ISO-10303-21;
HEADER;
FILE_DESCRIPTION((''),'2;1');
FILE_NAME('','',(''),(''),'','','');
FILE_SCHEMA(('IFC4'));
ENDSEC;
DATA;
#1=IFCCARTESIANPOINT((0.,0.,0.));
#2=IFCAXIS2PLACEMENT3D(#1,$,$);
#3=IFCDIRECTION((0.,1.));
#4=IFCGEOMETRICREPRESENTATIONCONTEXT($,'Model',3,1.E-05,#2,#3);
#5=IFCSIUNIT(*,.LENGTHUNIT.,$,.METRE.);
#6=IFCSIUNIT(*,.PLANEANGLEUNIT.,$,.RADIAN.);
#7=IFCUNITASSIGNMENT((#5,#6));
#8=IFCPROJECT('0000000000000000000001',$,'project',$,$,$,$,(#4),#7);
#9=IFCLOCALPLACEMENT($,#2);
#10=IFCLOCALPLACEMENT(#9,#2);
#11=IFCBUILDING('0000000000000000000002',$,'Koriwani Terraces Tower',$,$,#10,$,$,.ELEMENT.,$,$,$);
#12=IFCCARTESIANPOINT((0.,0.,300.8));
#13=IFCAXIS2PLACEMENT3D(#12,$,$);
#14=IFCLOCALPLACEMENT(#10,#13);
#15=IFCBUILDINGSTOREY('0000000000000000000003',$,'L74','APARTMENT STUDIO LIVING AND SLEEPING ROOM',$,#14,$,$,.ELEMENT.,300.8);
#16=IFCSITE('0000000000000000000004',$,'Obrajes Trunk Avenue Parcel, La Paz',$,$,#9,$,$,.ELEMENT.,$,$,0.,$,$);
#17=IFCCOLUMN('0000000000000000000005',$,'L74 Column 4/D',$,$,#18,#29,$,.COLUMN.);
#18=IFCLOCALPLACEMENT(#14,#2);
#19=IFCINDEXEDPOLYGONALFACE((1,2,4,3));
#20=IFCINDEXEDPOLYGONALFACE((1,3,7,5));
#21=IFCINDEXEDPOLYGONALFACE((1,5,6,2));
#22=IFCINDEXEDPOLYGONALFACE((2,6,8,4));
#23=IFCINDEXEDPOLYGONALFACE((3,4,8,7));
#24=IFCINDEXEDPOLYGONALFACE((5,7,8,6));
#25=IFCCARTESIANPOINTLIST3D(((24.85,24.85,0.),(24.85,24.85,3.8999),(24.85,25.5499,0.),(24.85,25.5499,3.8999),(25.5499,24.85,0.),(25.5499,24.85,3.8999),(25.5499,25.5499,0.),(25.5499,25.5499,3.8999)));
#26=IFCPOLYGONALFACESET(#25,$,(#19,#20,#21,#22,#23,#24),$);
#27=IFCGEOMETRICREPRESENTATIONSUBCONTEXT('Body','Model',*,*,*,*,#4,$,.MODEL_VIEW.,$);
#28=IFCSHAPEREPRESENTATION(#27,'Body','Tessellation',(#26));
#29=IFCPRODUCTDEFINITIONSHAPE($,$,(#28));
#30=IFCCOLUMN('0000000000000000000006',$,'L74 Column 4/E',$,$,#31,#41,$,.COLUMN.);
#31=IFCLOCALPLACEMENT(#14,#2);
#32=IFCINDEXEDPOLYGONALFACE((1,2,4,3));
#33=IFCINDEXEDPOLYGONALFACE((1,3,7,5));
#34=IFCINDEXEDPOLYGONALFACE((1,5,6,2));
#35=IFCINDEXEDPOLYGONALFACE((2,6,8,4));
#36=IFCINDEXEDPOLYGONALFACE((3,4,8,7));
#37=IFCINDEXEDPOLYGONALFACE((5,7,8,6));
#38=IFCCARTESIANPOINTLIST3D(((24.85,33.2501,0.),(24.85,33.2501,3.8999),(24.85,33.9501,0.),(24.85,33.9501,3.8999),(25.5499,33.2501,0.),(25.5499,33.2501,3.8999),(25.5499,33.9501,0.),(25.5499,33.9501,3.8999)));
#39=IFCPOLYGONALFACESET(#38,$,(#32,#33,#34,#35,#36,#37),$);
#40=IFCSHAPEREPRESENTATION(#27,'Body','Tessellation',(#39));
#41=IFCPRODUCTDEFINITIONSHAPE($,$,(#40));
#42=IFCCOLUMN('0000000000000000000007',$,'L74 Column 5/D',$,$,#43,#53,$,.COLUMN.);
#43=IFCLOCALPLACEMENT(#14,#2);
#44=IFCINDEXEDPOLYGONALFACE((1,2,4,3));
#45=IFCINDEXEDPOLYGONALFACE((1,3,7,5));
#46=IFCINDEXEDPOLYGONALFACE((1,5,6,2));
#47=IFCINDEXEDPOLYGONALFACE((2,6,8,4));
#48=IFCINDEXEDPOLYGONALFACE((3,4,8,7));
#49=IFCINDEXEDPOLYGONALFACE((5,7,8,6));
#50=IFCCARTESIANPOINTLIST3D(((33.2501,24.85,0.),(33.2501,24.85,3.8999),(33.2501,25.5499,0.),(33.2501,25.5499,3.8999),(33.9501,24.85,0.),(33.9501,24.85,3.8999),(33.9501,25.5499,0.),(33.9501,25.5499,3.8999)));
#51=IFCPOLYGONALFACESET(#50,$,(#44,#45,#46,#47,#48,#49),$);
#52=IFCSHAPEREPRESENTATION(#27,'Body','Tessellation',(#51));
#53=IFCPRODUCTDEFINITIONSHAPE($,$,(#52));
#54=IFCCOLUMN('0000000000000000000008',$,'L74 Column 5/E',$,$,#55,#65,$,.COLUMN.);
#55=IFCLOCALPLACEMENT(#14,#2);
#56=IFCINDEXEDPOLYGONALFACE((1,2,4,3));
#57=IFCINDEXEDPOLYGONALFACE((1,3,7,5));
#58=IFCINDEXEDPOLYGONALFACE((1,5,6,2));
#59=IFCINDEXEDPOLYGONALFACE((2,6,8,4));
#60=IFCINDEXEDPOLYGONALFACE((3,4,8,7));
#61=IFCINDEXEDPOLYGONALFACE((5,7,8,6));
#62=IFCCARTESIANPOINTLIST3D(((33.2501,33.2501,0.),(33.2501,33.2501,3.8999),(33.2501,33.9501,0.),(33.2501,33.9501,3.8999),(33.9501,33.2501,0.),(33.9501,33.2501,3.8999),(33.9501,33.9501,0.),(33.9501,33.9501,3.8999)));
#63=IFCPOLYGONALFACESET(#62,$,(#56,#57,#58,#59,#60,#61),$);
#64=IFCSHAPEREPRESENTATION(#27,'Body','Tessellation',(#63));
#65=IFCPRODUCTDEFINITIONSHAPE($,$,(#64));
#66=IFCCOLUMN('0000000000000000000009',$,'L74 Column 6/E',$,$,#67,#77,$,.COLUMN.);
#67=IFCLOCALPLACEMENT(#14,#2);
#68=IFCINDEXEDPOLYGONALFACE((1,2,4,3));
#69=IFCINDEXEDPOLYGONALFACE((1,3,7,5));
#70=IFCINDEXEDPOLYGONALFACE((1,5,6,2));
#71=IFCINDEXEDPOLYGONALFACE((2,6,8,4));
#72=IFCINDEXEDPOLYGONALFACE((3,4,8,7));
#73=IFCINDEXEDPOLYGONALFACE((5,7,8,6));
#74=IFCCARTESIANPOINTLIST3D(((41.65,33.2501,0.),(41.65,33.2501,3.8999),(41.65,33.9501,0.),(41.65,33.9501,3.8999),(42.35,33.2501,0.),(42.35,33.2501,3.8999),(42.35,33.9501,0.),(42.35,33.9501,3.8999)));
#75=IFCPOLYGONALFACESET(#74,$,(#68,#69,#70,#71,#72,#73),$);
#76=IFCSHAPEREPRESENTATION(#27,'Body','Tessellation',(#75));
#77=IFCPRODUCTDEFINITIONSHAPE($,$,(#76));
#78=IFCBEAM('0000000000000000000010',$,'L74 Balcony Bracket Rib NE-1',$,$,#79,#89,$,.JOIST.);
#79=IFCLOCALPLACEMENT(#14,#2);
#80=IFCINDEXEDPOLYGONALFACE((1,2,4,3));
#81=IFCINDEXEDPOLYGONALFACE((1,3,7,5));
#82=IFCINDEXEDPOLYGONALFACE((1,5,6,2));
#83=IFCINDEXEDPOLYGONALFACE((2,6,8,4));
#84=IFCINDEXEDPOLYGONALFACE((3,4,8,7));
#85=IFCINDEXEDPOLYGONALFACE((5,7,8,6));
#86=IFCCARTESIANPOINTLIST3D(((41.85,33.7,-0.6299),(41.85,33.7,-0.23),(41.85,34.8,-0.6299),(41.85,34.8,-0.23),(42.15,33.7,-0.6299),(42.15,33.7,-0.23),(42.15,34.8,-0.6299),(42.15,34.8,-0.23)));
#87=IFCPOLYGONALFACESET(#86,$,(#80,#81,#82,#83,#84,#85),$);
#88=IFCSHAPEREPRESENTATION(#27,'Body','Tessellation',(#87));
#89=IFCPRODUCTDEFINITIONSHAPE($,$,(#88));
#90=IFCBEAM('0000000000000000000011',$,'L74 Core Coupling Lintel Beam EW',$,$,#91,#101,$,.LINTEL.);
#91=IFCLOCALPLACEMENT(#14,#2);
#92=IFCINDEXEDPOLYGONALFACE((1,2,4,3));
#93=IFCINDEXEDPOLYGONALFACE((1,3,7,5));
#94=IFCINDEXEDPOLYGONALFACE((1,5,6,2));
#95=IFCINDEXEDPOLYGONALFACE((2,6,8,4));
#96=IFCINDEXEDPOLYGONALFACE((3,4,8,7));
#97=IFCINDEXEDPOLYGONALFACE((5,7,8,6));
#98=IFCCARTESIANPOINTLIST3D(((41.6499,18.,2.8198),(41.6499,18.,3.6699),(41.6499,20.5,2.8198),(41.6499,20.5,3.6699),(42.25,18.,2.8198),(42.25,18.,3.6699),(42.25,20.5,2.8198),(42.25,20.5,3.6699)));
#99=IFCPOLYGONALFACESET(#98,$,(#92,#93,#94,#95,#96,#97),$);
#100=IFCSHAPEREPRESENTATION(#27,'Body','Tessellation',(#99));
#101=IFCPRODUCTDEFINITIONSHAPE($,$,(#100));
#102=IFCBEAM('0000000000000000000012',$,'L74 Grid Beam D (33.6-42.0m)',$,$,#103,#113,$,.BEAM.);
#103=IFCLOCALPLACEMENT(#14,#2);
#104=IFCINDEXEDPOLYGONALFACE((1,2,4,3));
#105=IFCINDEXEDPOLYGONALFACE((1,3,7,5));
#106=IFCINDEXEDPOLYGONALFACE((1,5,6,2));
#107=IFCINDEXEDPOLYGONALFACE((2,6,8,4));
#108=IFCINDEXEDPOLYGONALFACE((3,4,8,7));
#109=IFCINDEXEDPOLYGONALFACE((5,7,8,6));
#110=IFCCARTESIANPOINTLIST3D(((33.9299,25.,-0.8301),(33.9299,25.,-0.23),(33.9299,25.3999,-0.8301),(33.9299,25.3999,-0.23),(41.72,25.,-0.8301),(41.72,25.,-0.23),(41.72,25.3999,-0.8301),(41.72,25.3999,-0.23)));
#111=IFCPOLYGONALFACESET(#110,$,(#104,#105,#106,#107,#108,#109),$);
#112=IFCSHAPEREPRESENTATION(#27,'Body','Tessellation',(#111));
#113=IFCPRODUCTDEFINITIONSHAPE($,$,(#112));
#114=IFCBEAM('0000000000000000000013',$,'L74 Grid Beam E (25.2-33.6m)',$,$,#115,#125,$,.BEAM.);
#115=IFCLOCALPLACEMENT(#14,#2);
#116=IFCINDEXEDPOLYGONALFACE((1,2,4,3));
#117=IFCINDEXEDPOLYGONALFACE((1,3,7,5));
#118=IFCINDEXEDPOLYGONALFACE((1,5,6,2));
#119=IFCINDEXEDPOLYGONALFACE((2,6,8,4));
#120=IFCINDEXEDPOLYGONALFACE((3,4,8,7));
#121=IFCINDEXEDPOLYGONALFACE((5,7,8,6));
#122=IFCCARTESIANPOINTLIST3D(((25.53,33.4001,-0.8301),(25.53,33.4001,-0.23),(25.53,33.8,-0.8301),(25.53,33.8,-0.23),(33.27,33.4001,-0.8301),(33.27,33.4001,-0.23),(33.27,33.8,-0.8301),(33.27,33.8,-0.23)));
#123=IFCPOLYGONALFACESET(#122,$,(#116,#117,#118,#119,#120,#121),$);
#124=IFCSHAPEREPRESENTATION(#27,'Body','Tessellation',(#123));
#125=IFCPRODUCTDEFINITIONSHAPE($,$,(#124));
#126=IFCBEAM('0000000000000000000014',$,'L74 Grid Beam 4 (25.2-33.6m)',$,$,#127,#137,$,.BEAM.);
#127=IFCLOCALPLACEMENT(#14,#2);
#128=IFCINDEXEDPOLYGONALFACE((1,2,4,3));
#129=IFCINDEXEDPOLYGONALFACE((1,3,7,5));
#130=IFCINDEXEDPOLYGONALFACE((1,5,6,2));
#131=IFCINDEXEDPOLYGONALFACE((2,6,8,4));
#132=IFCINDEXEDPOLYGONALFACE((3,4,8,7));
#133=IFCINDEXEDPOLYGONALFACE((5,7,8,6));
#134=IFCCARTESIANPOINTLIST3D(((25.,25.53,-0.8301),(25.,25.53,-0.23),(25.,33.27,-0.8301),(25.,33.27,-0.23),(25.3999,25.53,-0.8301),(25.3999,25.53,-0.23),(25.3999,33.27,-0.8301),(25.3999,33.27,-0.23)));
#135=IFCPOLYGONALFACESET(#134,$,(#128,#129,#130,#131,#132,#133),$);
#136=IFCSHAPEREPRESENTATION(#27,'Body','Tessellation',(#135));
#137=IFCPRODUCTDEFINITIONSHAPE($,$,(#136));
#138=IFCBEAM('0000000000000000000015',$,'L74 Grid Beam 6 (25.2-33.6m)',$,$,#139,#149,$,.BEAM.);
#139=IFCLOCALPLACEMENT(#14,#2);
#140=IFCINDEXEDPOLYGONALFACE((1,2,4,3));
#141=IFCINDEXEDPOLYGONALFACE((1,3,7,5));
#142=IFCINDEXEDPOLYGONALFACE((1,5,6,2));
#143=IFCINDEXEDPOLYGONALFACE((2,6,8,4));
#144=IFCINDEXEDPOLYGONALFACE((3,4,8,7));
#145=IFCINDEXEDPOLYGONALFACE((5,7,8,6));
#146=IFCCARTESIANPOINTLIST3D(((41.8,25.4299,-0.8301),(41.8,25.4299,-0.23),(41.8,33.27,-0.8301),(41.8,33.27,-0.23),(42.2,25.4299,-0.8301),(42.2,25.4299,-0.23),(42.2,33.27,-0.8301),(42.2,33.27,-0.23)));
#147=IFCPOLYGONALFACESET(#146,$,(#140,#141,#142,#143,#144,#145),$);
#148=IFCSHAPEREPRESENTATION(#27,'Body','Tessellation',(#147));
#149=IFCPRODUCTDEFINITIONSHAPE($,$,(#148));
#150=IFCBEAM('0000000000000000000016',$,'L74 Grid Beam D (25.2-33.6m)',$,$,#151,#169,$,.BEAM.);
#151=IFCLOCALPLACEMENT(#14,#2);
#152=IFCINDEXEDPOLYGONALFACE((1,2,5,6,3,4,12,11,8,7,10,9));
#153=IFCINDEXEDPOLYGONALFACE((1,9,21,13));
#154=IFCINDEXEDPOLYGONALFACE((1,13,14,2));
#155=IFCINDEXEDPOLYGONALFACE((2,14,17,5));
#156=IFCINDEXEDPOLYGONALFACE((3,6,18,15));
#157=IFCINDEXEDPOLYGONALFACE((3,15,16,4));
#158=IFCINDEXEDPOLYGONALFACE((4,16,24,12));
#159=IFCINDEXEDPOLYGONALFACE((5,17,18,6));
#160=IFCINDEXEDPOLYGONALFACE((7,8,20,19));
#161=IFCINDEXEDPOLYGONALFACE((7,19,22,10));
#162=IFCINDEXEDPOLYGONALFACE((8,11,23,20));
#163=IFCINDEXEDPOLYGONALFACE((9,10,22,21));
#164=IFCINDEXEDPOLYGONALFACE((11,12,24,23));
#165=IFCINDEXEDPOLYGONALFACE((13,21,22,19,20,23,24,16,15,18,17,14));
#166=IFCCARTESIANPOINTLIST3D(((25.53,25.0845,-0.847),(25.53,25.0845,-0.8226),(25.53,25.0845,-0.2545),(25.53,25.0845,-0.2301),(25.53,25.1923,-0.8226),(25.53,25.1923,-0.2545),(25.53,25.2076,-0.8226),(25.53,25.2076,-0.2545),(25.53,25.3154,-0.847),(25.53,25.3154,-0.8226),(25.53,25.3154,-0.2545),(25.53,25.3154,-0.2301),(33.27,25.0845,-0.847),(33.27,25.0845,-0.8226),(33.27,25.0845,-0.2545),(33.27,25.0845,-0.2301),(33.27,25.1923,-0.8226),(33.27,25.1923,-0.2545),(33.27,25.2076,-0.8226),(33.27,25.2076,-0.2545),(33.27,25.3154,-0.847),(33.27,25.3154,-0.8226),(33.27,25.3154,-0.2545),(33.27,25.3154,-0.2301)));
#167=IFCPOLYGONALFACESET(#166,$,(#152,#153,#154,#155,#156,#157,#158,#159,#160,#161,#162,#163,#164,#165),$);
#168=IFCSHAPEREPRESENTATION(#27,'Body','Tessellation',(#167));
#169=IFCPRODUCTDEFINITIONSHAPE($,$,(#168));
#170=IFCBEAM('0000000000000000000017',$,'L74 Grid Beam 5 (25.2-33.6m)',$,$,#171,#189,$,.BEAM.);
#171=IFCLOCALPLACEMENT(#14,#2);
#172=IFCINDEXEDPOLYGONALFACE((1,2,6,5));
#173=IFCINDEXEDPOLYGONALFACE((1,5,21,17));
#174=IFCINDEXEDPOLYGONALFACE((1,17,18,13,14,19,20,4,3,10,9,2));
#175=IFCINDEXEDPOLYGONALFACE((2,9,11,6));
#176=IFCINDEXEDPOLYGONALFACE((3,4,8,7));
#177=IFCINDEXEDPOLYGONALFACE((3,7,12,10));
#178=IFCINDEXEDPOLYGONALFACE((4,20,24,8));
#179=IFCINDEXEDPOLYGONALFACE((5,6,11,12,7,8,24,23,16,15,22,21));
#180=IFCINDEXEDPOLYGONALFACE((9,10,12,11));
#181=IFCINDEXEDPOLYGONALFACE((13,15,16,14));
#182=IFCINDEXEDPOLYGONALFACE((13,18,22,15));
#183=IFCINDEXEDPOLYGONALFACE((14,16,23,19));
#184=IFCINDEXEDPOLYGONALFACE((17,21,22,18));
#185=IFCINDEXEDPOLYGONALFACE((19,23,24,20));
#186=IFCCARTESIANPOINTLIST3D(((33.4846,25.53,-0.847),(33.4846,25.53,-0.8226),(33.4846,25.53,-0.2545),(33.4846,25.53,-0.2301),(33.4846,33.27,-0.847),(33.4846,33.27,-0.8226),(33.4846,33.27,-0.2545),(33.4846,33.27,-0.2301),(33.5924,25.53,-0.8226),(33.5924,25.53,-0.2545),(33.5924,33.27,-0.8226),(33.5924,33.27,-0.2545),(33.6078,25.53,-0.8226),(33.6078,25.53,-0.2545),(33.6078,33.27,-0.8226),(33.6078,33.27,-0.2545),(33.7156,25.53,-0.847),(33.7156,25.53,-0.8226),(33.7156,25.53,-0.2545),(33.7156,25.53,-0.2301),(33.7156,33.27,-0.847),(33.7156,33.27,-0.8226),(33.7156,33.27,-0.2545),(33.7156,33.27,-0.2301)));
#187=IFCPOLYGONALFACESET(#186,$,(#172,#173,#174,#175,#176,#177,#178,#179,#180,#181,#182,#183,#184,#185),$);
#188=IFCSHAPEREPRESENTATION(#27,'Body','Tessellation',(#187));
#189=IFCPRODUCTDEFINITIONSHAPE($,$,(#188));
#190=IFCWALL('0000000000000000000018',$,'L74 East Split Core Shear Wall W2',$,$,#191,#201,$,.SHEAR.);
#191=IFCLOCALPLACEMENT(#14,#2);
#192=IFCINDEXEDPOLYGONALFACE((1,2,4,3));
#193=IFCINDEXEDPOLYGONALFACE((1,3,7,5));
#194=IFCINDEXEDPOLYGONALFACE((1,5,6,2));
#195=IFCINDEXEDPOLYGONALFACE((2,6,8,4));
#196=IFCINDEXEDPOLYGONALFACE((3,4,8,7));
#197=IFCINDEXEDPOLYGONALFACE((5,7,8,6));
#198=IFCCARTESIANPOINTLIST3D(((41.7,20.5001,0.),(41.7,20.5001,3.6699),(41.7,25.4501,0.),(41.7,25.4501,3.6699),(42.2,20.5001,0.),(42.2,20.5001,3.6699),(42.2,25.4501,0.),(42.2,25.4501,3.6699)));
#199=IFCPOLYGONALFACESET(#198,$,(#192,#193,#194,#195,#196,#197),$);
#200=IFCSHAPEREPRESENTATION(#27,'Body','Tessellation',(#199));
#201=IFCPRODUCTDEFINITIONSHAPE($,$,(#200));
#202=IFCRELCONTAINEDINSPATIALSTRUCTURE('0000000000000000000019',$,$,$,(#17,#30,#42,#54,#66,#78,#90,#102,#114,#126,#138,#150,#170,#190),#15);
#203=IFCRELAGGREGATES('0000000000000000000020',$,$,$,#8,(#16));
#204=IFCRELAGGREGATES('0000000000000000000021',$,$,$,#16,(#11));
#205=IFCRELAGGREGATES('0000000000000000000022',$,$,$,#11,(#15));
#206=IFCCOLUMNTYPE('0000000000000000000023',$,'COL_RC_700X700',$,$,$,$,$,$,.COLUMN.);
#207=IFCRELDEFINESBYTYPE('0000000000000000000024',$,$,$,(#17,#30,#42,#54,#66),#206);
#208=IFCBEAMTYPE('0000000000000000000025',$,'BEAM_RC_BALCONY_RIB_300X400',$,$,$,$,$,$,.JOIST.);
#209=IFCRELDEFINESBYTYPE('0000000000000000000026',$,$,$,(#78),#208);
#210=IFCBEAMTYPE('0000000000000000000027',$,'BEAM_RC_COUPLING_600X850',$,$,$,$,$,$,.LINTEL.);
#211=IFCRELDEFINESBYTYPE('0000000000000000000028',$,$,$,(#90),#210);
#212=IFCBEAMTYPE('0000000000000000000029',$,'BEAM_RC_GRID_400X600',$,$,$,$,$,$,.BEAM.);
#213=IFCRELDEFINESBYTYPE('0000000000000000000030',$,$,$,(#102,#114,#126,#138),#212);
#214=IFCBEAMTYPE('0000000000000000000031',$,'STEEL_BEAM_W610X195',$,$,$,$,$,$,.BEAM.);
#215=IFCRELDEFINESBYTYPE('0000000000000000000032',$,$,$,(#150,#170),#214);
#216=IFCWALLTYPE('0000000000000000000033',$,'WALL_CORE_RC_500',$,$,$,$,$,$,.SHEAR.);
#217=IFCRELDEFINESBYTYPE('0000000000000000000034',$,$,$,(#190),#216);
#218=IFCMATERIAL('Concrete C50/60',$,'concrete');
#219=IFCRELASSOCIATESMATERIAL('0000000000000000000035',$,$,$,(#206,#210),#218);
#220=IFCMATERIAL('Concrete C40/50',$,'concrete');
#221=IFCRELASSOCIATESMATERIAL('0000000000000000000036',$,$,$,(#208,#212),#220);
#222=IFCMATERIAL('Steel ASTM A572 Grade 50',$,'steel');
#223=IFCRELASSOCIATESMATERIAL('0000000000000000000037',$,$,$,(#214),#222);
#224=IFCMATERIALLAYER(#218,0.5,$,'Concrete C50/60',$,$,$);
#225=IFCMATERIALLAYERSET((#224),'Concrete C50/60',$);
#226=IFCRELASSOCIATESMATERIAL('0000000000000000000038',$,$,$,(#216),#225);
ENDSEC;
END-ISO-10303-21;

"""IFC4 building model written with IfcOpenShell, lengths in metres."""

from ifc_helpers import new_model, si_unit, direction, frame, frame_2d, origin, origin_2d, place, context, subcontext, project, spatial, rectangle, i_section, extrude, material, layer, layer_set, material_profile, profile_set, type_object, element, save


model = new_model("IFC4")

# Units and contexts
model_context = context("Model", 3, precision=1e-05, world=origin(), true_north=direction((0.0, 1.0)))
body_context = subcontext(model_context, "Body", "Model", "MODEL_VIEW")
ifc_project = project(units=[si_unit("LENGTHUNIT", "METRE"), si_unit("PLANEANGLEUNIT", "RADIAN")], contexts=[model_context])

# Site, building, storey
site_placement = place(None, origin())
site = spatial("IfcSite", under=ifc_project, at=site_placement, Name="Obrajes Trunk Avenue Parcel, La Paz", CompositionType="ELEMENT", RefElevation=0.0)
building_placement = place(site_placement, origin())
building = spatial("IfcBuilding", under=site, at=building_placement, Name="Koriwani Terraces Tower", CompositionType="ELEMENT")
storey_placement = place(building_placement, frame((0.0, 0.0, 300.8)))
storey = spatial("IfcBuildingStorey", under=building, at=storey_placement, Name="L74", Description="APARTMENT STUDIO LIVING AND SLEEPING ROOM", CompositionType="ELEMENT", Elevation=300.8)

# Columns
ifc_material_1 = material(Name="Concrete C50/60", Category="concrete")
ifc_material_profile_1 = material_profile(ifc_material_1, rectangle(XDim=0.7, YDim=0.7, at=origin_2d()), Name="Concrete C50/60", Category="LoadBearing")
ifc_profile_set_1 = profile_set([ifc_material_profile_1], Name="Concrete C50/60")
column_type = type_object("IfcColumnType", Name="COL_RC_700X700", PredefinedType="COLUMN", material=ifc_profile_set_1)
for number, where, z_axis, x_axis, name in (
    (1, (25.2, 25.2, 0.0), (0.0, 0.0, 1.0), (1.0, 0.0, 0.0), "L74 Column 4/D"),
    (2, (25.2, 33.6001, 0.0), (0.0, 0.0, 1.0), (1.0, 0.0, 0.0), "L74 Column 4/E"),
    (3, (33.6001, 25.2, 0.0), (0.0, 0.0, 1.0), (1.0, 0.0, 0.0), "L74 Column 5/D"),
    (4, (33.6001, 33.6001, 0.0), (0.0, 0.0, 1.0), (1.0, 0.0, 0.0), "L74 Column 5/E"),
    (5, (42.0, 33.6001, 0.0), (0.0, 0.0, 1.0), (1.0, 0.0, 0.0), "L74 Column 6/E"),
):
    element("IfcColumn", number, at=place(storey_placement, frame(where, z_axis=z_axis, x_axis=x_axis)), inside=storey, type_object=column_type, Name=name, PredefinedType="COLUMN", context=body_context, shape_type="SweptSolid", body=[
        extrude(rectangle(XDim=0.7, YDim=0.7, at=origin_2d()), origin(), (0.0, 0.0, 1.0), 3.8999),
    ])

# Beams
ifc_material_2 = material(Name="Concrete C40/50", Category="concrete")
ifc_material_profile_2 = material_profile(ifc_material_2, rectangle(XDim=0.3, YDim=0.3999, at=origin_2d()), Name="Concrete C40/50", Category="LoadBearing")
ifc_profile_set_2 = profile_set([ifc_material_profile_2], Name="Concrete C40/50")
beam_type_1 = type_object("IfcBeamType", Name="BEAM_RC_BALCONY_RIB_300X400", PredefinedType="JOIST", material=ifc_profile_set_2)
beam_1_placement = place(storey_placement, frame((42.0, 33.7, -0.4299), z_axis=(0.0, 1.0, 0.0), x_axis=(-1.0, 0.0, 0.0)))
element("IfcBeam", 6, at=beam_1_placement, inside=storey, type_object=beam_type_1, Name="L74 Balcony Bracket Rib NE-1", PredefinedType="JOIST", context=body_context, shape_type="SweptSolid", body=[
    extrude(rectangle(XDim=0.3, YDim=0.3999, at=origin_2d()), origin(), (0.0, 0.0, 1.0), 1.1001),
])
ifc_material_profile_3 = material_profile(ifc_material_1, rectangle(XDim=0.6001, YDim=0.8501, at=origin_2d()), Name="Concrete C50/60", Category="LoadBearing")
ifc_profile_set_3 = profile_set([ifc_material_profile_3], Name="Concrete C50/60")
beam_type_2 = type_object("IfcBeamType", Name="BEAM_RC_COUPLING_600X850", PredefinedType="LINTEL", material=ifc_profile_set_3)
beam_2_placement = place(storey_placement, frame((41.95, 18.0, 3.2449), z_axis=(0.0, 1.0, 0.0), x_axis=(-1.0, 0.0, 0.0)))
element("IfcBeam", 7, at=beam_2_placement, inside=storey, type_object=beam_type_2, Name="L74 Core Coupling Lintel Beam EW", PredefinedType="LINTEL", context=body_context, shape_type="SweptSolid", body=[
    extrude(rectangle(XDim=0.6001, YDim=0.8501, at=origin_2d()), origin(), (0.0, 0.0, 1.0), 2.5),
])
ifc_material_profile_4 = material_profile(ifc_material_2, rectangle(XDim=0.3999, YDim=0.6001, at=origin_2d()), Name="Concrete C40/50", Category="LoadBearing")
ifc_profile_set_4 = profile_set([ifc_material_profile_4], Name="Concrete C40/50")
beam_type_3 = type_object("IfcBeamType", Name="BEAM_RC_GRID_400X600", PredefinedType="BEAM", material=ifc_profile_set_4)
beam_3_placement = place(storey_placement, frame((33.9299, 25.2, -0.53), z_axis=(1.0, 0.0, 0.0), x_axis=(0.0, 1.0, 0.0)))
element("IfcBeam", 8, at=beam_3_placement, inside=storey, type_object=beam_type_3, Name="L74 Grid Beam D (33.6-42.0m)", PredefinedType="BEAM", context=body_context, shape_type="SweptSolid", body=[
    extrude(rectangle(XDim=0.3999, YDim=0.6001, at=origin_2d()), origin(), (0.0, 0.0, 1.0), 7.79),
])
for number, where, z_axis, x_axis, name in (
    (9, (25.53, 33.6001, -0.53), (1.0, 0.0, 0.0), (0.0, 1.0, 0.0), "L74 Grid Beam E (25.2-33.6m)"),
    (10, (25.2, 25.53, -0.53), (0.0, 1.0, 0.0), (-1.0, 0.0, 0.0), "L74 Grid Beam 4 (25.2-33.6m)"),
):
    element("IfcBeam", number, at=place(storey_placement, frame(where, z_axis=z_axis, x_axis=x_axis)), inside=storey, type_object=beam_type_3, Name=name, PredefinedType="BEAM", context=body_context, shape_type="SweptSolid", body=[
        extrude(rectangle(XDim=0.3999, YDim=0.6001, at=origin_2d()), origin(), (0.0, 0.0, 1.0), 7.74),
    ])
beam_4_placement = place(storey_placement, frame((42.0, 25.4299, -0.53), z_axis=(0.0, 1.0, 0.0), x_axis=(-1.0, 0.0, 0.0)))
element("IfcBeam", 11, at=beam_4_placement, inside=storey, type_object=beam_type_3, Name="L74 Grid Beam 6 (25.2-33.6m)", PredefinedType="BEAM", context=body_context, shape_type="SweptSolid", body=[
    extrude(rectangle(XDim=0.3999, YDim=0.6001, at=origin_2d()), origin(), (0.0, 0.0, 1.0), 7.8401),
])
ifc_material_3 = material(Name="Steel ASTM A572 Grade 50", Category="steel")
ifc_material_profile_5 = material_profile(ifc_material_3, i_section(OverallWidth=0.231, OverallDepth=0.6169, WebThickness=0.0154, FlangeThickness=0.0244, at=origin_2d()), Name="Steel ASTM A572 Grade 50", Category="LoadBearing")
ifc_profile_set_5 = profile_set([ifc_material_profile_5], Name="Steel ASTM A572 Grade 50")
beam_type_4 = type_object("IfcBeamType", Name="STEEL_BEAM_W610X195", PredefinedType="BEAM", material=ifc_profile_set_5)
for number, where, z_axis, x_axis, name in (
    (12, (25.53, 25.2, -0.5386), (1.0, 0.0, 0.0), (0.0, 1.0, 0.0), "L74 Grid Beam D (25.2-33.6m)"),
    (13, (33.6001, 25.53, -0.5386), (0.0, 1.0, 0.0), (-1.0, 0.0, 0.0), "L74 Grid Beam 5 (25.2-33.6m)"),
):
    element("IfcBeam", number, at=place(storey_placement, frame(where, z_axis=z_axis, x_axis=x_axis)), inside=storey, type_object=beam_type_4, Name=name, PredefinedType="BEAM", context=body_context, shape_type="SweptSolid", body=[
        extrude(i_section(OverallWidth=0.231, OverallDepth=0.6169, WebThickness=0.0154, FlangeThickness=0.0244, at=origin_2d()), origin(), (0.0, 0.0, 1.0), 7.74),
    ])

# Wall
ifc_layer_1 = layer(ifc_material_1, 0.5, Name="Concrete C50/60")
ifc_layer_set_1 = layer_set([ifc_layer_1], Name="Concrete C50/60")
wall_type_1 = type_object("IfcWallType", Name="WALL_CORE_RC_500", PredefinedType="SHEAR", material=ifc_layer_set_1)
wall_1_placement = place(storey_placement, frame((41.95, 20.5, 0.0), z_axis=(0.0, 0.0, 1.0), x_axis=(0.0, 1.0, 0.0)))
element("IfcWall", 14, at=wall_1_placement, inside=storey, type_object=wall_type_1, Name="L74 East Split Core Shear Wall W2", PredefinedType="SHEAR", context=body_context, shape_type="SweptSolid", body=[
    extrude(rectangle(XDim=4.95, YDim=0.5, at=frame_2d((2.4751, 0.0))), origin(), (0.0, 0.0, 1.0), 3.6699),
])

save(model, "model.ifc")
